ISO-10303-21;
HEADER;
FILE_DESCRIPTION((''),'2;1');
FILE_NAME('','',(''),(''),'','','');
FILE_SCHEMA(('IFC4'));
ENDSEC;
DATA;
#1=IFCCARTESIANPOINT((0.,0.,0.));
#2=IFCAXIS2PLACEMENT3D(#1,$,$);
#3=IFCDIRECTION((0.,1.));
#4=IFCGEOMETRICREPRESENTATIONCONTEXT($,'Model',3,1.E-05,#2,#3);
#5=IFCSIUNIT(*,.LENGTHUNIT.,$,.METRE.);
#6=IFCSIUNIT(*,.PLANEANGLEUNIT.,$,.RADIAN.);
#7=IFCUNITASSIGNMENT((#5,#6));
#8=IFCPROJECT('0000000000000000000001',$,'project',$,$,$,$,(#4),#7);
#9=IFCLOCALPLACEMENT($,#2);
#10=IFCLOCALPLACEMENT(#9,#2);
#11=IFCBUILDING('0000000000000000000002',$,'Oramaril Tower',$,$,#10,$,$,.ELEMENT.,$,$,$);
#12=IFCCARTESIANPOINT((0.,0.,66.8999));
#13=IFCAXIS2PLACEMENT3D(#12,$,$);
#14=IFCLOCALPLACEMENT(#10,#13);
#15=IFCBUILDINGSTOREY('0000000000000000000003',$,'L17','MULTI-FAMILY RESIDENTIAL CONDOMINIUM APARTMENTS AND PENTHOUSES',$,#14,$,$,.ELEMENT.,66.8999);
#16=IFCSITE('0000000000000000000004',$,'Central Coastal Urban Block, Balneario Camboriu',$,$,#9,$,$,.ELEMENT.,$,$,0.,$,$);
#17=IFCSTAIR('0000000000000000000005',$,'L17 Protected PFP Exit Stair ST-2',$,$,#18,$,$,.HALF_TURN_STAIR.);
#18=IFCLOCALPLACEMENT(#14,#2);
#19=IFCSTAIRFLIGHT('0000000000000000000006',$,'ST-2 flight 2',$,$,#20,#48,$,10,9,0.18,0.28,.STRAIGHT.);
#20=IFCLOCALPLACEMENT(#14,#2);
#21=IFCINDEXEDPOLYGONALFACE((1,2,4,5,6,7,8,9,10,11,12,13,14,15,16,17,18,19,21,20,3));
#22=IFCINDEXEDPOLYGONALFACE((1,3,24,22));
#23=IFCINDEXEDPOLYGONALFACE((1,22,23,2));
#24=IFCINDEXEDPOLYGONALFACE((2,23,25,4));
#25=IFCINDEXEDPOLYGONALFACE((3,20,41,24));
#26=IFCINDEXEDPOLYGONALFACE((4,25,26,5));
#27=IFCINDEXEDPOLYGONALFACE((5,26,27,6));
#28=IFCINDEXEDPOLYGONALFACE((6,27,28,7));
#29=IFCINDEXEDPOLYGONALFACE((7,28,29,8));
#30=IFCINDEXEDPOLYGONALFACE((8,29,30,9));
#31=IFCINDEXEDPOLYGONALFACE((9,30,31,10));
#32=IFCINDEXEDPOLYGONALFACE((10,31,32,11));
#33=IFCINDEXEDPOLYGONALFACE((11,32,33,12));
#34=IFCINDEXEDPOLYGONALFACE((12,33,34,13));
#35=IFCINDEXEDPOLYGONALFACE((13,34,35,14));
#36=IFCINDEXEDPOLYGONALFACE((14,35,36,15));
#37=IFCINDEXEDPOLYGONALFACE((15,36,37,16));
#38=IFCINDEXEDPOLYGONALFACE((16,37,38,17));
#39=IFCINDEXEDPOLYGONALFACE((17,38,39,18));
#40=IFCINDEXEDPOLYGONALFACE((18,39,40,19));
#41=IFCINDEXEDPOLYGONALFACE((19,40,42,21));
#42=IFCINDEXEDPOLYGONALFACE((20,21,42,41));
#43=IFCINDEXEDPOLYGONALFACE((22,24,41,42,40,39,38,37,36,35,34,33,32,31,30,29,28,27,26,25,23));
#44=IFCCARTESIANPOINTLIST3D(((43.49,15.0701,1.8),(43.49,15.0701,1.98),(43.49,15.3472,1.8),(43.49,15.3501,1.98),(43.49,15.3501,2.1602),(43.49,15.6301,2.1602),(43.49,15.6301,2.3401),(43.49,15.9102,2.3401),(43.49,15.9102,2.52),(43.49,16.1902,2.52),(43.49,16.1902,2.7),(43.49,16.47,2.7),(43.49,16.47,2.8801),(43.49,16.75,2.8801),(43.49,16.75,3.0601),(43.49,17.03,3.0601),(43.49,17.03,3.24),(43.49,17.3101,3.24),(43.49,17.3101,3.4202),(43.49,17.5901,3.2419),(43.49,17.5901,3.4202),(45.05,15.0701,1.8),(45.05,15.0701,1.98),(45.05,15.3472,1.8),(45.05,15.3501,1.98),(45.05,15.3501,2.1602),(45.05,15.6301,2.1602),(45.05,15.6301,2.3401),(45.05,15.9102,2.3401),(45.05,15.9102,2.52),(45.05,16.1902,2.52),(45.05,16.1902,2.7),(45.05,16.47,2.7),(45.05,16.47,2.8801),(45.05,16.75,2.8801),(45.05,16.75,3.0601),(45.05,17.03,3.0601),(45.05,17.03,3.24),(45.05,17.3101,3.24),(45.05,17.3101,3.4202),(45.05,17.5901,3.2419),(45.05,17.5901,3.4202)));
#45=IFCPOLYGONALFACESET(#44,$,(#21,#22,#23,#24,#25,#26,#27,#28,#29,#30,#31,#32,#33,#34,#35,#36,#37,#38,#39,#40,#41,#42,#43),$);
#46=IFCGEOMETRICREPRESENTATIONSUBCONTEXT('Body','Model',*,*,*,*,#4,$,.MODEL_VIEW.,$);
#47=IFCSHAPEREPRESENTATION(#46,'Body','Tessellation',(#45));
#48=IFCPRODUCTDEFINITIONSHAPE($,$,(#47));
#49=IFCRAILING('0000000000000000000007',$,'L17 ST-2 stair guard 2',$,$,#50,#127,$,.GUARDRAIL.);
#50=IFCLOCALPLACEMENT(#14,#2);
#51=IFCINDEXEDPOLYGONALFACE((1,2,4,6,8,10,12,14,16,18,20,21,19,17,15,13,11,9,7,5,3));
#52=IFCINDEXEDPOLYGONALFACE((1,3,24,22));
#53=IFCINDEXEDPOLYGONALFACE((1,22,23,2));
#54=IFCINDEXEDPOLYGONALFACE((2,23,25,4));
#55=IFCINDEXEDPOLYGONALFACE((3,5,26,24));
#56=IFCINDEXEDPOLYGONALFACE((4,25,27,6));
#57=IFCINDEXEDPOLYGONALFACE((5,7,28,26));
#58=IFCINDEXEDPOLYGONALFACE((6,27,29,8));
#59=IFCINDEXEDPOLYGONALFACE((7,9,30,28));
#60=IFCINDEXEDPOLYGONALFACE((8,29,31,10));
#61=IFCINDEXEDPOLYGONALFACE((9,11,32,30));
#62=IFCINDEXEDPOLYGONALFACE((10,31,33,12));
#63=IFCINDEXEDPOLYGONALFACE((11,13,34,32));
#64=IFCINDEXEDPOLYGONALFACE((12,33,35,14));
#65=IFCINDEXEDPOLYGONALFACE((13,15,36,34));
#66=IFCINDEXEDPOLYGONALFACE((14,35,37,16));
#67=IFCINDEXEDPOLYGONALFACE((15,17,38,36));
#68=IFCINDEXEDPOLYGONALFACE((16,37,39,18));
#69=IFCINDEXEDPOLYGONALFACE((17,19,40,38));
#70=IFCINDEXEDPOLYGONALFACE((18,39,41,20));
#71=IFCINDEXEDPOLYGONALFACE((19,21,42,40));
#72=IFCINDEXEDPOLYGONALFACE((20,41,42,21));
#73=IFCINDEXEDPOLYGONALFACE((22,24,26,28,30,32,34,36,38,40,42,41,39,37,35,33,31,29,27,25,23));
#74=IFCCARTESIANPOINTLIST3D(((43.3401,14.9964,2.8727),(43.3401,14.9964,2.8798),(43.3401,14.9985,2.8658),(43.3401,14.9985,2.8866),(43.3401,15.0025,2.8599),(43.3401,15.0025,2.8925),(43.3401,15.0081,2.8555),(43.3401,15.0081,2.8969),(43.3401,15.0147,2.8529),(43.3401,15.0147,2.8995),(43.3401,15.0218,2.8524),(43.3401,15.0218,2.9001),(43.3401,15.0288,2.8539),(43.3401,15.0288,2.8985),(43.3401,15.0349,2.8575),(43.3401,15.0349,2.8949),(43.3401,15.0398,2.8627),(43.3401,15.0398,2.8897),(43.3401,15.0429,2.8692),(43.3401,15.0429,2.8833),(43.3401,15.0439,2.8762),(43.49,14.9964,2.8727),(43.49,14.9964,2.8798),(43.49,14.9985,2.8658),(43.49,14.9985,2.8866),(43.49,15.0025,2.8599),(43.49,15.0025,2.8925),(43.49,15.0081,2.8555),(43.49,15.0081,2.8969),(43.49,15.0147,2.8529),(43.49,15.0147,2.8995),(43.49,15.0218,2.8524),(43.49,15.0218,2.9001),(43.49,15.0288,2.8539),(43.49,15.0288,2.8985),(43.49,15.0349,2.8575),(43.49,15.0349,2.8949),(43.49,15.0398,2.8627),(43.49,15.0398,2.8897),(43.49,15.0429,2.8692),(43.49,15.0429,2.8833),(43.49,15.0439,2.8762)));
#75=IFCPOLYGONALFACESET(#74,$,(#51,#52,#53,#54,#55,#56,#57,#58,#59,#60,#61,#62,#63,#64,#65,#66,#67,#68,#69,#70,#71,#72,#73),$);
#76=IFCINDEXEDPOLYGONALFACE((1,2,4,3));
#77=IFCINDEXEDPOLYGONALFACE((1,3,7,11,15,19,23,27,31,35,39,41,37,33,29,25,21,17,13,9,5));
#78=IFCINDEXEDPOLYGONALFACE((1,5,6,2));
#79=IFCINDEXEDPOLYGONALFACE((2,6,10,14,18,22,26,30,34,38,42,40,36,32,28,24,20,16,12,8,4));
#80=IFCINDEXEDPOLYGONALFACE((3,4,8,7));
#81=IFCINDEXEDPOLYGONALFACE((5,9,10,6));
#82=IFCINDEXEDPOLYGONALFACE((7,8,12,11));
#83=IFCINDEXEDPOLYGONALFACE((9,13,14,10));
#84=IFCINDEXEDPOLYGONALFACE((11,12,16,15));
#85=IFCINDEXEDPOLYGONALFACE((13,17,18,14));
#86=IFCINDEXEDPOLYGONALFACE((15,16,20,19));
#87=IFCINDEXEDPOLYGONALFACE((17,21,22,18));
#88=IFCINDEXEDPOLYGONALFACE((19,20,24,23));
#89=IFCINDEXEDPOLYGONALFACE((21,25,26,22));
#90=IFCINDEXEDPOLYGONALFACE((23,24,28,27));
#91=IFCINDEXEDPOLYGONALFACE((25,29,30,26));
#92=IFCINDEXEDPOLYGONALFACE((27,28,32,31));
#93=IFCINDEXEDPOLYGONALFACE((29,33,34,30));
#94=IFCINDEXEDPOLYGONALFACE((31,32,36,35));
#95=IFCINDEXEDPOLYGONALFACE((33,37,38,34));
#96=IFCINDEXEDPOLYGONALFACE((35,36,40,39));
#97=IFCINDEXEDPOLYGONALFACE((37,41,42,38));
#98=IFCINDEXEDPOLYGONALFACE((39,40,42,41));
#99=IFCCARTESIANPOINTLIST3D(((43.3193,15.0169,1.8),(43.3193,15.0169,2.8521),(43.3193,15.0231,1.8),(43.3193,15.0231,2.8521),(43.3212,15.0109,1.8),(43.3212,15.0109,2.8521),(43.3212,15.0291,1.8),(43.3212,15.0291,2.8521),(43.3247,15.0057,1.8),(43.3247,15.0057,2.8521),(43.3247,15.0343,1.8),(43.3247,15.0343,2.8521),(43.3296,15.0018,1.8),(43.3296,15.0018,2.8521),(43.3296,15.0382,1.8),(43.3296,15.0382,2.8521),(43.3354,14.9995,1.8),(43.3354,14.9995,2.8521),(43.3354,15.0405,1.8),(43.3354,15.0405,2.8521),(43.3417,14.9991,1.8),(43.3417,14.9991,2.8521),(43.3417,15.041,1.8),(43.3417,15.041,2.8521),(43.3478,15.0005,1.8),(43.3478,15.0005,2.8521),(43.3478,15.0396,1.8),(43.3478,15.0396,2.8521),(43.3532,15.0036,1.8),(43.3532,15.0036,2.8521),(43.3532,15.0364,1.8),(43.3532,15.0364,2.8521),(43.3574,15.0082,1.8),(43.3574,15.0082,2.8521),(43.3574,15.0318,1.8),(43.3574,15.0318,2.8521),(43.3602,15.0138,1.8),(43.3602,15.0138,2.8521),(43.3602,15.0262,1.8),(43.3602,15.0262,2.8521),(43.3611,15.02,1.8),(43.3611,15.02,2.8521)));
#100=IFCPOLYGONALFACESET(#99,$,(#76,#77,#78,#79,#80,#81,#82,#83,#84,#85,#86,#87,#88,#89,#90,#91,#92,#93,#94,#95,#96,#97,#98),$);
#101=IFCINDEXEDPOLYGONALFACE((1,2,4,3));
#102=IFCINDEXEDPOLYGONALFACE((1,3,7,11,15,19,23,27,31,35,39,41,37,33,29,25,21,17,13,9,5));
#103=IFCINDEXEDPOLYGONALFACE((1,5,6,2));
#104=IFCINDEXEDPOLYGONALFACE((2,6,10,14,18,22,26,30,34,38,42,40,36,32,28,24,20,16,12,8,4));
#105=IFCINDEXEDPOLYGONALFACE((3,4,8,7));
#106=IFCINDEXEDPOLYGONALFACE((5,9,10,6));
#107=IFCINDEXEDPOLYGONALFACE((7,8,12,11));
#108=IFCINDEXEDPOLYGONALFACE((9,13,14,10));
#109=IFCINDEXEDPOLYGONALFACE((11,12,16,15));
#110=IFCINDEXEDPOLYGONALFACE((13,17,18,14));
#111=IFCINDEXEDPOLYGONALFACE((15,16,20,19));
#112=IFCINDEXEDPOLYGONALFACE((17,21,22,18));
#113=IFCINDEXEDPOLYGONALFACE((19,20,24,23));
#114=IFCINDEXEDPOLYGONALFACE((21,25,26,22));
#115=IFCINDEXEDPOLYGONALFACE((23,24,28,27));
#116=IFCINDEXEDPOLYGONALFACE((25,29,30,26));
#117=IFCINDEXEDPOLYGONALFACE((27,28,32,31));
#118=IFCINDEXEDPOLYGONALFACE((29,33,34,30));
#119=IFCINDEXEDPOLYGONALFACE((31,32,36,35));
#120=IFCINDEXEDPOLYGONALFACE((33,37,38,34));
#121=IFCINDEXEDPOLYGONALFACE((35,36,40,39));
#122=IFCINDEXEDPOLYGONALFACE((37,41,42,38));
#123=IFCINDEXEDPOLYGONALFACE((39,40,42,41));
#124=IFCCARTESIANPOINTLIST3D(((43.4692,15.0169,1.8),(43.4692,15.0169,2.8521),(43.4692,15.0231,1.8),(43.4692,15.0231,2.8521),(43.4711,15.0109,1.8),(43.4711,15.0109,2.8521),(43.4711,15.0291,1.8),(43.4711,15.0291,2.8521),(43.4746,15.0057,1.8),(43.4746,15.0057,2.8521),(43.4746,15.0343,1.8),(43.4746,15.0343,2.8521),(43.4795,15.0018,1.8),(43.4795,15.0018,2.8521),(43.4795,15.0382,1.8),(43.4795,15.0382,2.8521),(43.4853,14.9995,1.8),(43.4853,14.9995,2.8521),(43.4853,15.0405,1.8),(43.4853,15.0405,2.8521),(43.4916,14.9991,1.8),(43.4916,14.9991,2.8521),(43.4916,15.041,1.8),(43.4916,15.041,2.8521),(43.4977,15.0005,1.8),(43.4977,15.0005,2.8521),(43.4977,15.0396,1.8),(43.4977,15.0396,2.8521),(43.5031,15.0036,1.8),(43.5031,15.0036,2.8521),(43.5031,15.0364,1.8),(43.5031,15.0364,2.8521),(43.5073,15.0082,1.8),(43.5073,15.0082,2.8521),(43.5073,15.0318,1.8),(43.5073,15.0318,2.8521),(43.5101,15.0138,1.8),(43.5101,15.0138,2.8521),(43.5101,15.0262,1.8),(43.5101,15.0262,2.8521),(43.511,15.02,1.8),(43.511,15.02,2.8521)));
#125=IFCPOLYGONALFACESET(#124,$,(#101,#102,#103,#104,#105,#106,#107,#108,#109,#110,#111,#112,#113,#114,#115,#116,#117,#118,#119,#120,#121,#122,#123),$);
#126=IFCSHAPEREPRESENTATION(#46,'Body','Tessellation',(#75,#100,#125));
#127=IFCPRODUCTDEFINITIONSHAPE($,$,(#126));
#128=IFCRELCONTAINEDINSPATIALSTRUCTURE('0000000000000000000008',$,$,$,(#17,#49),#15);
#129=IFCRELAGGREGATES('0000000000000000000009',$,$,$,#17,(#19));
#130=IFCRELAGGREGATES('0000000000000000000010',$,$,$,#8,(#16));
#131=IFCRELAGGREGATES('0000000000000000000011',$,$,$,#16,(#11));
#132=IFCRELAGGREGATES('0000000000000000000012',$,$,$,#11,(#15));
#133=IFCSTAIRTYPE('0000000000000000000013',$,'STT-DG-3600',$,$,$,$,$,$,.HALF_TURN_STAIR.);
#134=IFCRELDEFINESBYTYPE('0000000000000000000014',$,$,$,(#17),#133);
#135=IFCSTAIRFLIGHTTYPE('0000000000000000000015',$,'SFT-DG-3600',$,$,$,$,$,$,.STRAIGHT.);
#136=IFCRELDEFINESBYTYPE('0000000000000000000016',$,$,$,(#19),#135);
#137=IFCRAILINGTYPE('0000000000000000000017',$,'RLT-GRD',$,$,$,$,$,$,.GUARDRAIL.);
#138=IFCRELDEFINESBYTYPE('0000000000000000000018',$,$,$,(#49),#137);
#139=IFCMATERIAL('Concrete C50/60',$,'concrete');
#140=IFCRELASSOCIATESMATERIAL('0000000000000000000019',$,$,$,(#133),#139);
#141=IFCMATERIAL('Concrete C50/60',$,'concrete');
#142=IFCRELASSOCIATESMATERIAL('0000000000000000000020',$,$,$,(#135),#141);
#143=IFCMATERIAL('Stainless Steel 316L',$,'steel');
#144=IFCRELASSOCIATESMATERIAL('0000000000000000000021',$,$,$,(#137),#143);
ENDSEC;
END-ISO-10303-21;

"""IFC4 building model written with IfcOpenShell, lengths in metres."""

from ifc_helpers import new_model, si_unit, direction, frame, origin, origin_2d, place, context, subcontext, project, spatial, polyline, circle, outline, extrude, material, type_object, element, aggregate, save


model = new_model("IFC4")

# Units and contexts
model_context = context("Model", 3, precision=1e-05, world=origin(), true_north=direction((0.0, 1.0)))
body_context = subcontext(model_context, "Body", "Model", "MODEL_VIEW")
ifc_project = project(units=[si_unit("LENGTHUNIT", "METRE"), si_unit("PLANEANGLEUNIT", "RADIAN")], contexts=[model_context])

# Site, building, storey
site_placement = place(None, origin())
site = spatial("IfcSite", under=ifc_project, at=site_placement, Name="Central Coastal Urban Block, Balneario Camboriu", CompositionType="ELEMENT", RefElevation=0.0)
building_placement = place(site_placement, origin())
building = spatial("IfcBuilding", under=site, at=building_placement, Name="Oramaril Tower", CompositionType="ELEMENT")
storey_placement = place(building_placement, frame((0.0, 0.0, 66.8999)))
storey = spatial("IfcBuildingStorey", under=building, at=storey_placement, Name="L17", Description="MULTI-FAMILY RESIDENTIAL CONDOMINIUM APARTMENTS AND PENTHOUSES", CompositionType="ELEMENT", Elevation=66.8999)

# Shared definitions
ifc_material_1 = material(Name="Concrete C50/60", Category="concrete")
stair_type = type_object("IfcStairType", Name="STT-DG-3600", PredefinedType="HALF_TURN_STAIR", material=ifc_material_1)
ifc_material_2 = material(Name="Concrete C50/60", Category="concrete")
stair_flight_type = type_object("IfcStairFlightType", Name="SFT-DG-3600", PredefinedType="STRAIGHT", material=ifc_material_2)

# Stair, stair flight
stair_1_placement = place(storey_placement, origin())
stair_1 = element("IfcStair", 1, at=stair_1_placement, inside=storey, type_object=stair_type, Name="L17 Protected PFP Exit Stair ST-2", PredefinedType="HALF_TURN_STAIR")
stair_flight_1_placement = place(storey_placement, frame((44.27, 15.0701, 1.8), z_axis=(0.0, 0.0, 1.0), x_axis=(0.0, 1.0, 0.0)))
stair_flight_1 = element("IfcStairFlight", 2, at=stair_flight_1_placement, type_object=stair_flight_type, Name="ST-2 flight 2", NumberOfRisers=10, NumberOfTreads=9, PredefinedType="STRAIGHT", RiserHeight=0.18, TreadLength=0.28, context=body_context, shape_type="SweptSolid", body=[
    extrude(outline(polyline([(0.0, 0.0), (0.0, 0.1799), (0.28, 0.1799), (0.28, 0.3601), (0.5601, 0.3601), (0.5601, 0.54), (0.8401, 0.54), (0.8401, 0.72), (1.1201, 0.72), (1.1201, 0.8999), (1.3999, 0.8999), (1.3999, 1.0801), (1.6799, 1.0801), (1.6799, 1.26), (1.96, 1.26), (1.96, 1.4399), (2.24, 1.4399), (2.24, 1.6201), (2.52, 1.6201), (2.52, 1.8), (2.52, 1.4419), (0.2771, 0.0), (0.0, 0.0)])), frame((0.0, 0.78, 0.0), z_axis=(0.0, -1.0, 0.0), x_axis=(1.0, 0.0, 0.0)), (0.0, 0.0, 1.0), 1.5601),
])
aggregate(stair_1, [stair_flight_1])

# Railing
ifc_material_3 = material(Name="Stainless Steel 316L", Category="steel")
railing_type_1 = type_object("IfcRailingType", Name="RLT-GRD", PredefinedType="GUARDRAIL", material=ifc_material_3)
railing_1_placement = place(storey_placement, frame((43.3401, 15.02, 1.8)))
element("IfcRailing", 3, at=railing_1_placement, inside=storey, type_object=railing_type_1, Name="L17 ST-2 stair guard 2", PredefinedType="GUARDRAIL", context=body_context, shape_type="SweptSolid", body=[
    extrude(circle(Radius=0.0239, at=origin_2d()), frame((0.0, 0.0, 1.0762), z_axis=(1.0, 0.0, 0.0), x_axis=(0.0, 1.0, 0.0)), (0.0, 0.0, 1.0), 0.1499),
    extrude(circle(Radius=0.021, at=origin_2d()), origin(), (0.0, 0.0, 1.0), 1.052),
    extrude(circle(Radius=0.021, at=origin_2d()), frame((0.1499, 0.0, 0.0)), (0.0, 0.0, 1.0), 1.052),
])

save(model, "model.ifc")
